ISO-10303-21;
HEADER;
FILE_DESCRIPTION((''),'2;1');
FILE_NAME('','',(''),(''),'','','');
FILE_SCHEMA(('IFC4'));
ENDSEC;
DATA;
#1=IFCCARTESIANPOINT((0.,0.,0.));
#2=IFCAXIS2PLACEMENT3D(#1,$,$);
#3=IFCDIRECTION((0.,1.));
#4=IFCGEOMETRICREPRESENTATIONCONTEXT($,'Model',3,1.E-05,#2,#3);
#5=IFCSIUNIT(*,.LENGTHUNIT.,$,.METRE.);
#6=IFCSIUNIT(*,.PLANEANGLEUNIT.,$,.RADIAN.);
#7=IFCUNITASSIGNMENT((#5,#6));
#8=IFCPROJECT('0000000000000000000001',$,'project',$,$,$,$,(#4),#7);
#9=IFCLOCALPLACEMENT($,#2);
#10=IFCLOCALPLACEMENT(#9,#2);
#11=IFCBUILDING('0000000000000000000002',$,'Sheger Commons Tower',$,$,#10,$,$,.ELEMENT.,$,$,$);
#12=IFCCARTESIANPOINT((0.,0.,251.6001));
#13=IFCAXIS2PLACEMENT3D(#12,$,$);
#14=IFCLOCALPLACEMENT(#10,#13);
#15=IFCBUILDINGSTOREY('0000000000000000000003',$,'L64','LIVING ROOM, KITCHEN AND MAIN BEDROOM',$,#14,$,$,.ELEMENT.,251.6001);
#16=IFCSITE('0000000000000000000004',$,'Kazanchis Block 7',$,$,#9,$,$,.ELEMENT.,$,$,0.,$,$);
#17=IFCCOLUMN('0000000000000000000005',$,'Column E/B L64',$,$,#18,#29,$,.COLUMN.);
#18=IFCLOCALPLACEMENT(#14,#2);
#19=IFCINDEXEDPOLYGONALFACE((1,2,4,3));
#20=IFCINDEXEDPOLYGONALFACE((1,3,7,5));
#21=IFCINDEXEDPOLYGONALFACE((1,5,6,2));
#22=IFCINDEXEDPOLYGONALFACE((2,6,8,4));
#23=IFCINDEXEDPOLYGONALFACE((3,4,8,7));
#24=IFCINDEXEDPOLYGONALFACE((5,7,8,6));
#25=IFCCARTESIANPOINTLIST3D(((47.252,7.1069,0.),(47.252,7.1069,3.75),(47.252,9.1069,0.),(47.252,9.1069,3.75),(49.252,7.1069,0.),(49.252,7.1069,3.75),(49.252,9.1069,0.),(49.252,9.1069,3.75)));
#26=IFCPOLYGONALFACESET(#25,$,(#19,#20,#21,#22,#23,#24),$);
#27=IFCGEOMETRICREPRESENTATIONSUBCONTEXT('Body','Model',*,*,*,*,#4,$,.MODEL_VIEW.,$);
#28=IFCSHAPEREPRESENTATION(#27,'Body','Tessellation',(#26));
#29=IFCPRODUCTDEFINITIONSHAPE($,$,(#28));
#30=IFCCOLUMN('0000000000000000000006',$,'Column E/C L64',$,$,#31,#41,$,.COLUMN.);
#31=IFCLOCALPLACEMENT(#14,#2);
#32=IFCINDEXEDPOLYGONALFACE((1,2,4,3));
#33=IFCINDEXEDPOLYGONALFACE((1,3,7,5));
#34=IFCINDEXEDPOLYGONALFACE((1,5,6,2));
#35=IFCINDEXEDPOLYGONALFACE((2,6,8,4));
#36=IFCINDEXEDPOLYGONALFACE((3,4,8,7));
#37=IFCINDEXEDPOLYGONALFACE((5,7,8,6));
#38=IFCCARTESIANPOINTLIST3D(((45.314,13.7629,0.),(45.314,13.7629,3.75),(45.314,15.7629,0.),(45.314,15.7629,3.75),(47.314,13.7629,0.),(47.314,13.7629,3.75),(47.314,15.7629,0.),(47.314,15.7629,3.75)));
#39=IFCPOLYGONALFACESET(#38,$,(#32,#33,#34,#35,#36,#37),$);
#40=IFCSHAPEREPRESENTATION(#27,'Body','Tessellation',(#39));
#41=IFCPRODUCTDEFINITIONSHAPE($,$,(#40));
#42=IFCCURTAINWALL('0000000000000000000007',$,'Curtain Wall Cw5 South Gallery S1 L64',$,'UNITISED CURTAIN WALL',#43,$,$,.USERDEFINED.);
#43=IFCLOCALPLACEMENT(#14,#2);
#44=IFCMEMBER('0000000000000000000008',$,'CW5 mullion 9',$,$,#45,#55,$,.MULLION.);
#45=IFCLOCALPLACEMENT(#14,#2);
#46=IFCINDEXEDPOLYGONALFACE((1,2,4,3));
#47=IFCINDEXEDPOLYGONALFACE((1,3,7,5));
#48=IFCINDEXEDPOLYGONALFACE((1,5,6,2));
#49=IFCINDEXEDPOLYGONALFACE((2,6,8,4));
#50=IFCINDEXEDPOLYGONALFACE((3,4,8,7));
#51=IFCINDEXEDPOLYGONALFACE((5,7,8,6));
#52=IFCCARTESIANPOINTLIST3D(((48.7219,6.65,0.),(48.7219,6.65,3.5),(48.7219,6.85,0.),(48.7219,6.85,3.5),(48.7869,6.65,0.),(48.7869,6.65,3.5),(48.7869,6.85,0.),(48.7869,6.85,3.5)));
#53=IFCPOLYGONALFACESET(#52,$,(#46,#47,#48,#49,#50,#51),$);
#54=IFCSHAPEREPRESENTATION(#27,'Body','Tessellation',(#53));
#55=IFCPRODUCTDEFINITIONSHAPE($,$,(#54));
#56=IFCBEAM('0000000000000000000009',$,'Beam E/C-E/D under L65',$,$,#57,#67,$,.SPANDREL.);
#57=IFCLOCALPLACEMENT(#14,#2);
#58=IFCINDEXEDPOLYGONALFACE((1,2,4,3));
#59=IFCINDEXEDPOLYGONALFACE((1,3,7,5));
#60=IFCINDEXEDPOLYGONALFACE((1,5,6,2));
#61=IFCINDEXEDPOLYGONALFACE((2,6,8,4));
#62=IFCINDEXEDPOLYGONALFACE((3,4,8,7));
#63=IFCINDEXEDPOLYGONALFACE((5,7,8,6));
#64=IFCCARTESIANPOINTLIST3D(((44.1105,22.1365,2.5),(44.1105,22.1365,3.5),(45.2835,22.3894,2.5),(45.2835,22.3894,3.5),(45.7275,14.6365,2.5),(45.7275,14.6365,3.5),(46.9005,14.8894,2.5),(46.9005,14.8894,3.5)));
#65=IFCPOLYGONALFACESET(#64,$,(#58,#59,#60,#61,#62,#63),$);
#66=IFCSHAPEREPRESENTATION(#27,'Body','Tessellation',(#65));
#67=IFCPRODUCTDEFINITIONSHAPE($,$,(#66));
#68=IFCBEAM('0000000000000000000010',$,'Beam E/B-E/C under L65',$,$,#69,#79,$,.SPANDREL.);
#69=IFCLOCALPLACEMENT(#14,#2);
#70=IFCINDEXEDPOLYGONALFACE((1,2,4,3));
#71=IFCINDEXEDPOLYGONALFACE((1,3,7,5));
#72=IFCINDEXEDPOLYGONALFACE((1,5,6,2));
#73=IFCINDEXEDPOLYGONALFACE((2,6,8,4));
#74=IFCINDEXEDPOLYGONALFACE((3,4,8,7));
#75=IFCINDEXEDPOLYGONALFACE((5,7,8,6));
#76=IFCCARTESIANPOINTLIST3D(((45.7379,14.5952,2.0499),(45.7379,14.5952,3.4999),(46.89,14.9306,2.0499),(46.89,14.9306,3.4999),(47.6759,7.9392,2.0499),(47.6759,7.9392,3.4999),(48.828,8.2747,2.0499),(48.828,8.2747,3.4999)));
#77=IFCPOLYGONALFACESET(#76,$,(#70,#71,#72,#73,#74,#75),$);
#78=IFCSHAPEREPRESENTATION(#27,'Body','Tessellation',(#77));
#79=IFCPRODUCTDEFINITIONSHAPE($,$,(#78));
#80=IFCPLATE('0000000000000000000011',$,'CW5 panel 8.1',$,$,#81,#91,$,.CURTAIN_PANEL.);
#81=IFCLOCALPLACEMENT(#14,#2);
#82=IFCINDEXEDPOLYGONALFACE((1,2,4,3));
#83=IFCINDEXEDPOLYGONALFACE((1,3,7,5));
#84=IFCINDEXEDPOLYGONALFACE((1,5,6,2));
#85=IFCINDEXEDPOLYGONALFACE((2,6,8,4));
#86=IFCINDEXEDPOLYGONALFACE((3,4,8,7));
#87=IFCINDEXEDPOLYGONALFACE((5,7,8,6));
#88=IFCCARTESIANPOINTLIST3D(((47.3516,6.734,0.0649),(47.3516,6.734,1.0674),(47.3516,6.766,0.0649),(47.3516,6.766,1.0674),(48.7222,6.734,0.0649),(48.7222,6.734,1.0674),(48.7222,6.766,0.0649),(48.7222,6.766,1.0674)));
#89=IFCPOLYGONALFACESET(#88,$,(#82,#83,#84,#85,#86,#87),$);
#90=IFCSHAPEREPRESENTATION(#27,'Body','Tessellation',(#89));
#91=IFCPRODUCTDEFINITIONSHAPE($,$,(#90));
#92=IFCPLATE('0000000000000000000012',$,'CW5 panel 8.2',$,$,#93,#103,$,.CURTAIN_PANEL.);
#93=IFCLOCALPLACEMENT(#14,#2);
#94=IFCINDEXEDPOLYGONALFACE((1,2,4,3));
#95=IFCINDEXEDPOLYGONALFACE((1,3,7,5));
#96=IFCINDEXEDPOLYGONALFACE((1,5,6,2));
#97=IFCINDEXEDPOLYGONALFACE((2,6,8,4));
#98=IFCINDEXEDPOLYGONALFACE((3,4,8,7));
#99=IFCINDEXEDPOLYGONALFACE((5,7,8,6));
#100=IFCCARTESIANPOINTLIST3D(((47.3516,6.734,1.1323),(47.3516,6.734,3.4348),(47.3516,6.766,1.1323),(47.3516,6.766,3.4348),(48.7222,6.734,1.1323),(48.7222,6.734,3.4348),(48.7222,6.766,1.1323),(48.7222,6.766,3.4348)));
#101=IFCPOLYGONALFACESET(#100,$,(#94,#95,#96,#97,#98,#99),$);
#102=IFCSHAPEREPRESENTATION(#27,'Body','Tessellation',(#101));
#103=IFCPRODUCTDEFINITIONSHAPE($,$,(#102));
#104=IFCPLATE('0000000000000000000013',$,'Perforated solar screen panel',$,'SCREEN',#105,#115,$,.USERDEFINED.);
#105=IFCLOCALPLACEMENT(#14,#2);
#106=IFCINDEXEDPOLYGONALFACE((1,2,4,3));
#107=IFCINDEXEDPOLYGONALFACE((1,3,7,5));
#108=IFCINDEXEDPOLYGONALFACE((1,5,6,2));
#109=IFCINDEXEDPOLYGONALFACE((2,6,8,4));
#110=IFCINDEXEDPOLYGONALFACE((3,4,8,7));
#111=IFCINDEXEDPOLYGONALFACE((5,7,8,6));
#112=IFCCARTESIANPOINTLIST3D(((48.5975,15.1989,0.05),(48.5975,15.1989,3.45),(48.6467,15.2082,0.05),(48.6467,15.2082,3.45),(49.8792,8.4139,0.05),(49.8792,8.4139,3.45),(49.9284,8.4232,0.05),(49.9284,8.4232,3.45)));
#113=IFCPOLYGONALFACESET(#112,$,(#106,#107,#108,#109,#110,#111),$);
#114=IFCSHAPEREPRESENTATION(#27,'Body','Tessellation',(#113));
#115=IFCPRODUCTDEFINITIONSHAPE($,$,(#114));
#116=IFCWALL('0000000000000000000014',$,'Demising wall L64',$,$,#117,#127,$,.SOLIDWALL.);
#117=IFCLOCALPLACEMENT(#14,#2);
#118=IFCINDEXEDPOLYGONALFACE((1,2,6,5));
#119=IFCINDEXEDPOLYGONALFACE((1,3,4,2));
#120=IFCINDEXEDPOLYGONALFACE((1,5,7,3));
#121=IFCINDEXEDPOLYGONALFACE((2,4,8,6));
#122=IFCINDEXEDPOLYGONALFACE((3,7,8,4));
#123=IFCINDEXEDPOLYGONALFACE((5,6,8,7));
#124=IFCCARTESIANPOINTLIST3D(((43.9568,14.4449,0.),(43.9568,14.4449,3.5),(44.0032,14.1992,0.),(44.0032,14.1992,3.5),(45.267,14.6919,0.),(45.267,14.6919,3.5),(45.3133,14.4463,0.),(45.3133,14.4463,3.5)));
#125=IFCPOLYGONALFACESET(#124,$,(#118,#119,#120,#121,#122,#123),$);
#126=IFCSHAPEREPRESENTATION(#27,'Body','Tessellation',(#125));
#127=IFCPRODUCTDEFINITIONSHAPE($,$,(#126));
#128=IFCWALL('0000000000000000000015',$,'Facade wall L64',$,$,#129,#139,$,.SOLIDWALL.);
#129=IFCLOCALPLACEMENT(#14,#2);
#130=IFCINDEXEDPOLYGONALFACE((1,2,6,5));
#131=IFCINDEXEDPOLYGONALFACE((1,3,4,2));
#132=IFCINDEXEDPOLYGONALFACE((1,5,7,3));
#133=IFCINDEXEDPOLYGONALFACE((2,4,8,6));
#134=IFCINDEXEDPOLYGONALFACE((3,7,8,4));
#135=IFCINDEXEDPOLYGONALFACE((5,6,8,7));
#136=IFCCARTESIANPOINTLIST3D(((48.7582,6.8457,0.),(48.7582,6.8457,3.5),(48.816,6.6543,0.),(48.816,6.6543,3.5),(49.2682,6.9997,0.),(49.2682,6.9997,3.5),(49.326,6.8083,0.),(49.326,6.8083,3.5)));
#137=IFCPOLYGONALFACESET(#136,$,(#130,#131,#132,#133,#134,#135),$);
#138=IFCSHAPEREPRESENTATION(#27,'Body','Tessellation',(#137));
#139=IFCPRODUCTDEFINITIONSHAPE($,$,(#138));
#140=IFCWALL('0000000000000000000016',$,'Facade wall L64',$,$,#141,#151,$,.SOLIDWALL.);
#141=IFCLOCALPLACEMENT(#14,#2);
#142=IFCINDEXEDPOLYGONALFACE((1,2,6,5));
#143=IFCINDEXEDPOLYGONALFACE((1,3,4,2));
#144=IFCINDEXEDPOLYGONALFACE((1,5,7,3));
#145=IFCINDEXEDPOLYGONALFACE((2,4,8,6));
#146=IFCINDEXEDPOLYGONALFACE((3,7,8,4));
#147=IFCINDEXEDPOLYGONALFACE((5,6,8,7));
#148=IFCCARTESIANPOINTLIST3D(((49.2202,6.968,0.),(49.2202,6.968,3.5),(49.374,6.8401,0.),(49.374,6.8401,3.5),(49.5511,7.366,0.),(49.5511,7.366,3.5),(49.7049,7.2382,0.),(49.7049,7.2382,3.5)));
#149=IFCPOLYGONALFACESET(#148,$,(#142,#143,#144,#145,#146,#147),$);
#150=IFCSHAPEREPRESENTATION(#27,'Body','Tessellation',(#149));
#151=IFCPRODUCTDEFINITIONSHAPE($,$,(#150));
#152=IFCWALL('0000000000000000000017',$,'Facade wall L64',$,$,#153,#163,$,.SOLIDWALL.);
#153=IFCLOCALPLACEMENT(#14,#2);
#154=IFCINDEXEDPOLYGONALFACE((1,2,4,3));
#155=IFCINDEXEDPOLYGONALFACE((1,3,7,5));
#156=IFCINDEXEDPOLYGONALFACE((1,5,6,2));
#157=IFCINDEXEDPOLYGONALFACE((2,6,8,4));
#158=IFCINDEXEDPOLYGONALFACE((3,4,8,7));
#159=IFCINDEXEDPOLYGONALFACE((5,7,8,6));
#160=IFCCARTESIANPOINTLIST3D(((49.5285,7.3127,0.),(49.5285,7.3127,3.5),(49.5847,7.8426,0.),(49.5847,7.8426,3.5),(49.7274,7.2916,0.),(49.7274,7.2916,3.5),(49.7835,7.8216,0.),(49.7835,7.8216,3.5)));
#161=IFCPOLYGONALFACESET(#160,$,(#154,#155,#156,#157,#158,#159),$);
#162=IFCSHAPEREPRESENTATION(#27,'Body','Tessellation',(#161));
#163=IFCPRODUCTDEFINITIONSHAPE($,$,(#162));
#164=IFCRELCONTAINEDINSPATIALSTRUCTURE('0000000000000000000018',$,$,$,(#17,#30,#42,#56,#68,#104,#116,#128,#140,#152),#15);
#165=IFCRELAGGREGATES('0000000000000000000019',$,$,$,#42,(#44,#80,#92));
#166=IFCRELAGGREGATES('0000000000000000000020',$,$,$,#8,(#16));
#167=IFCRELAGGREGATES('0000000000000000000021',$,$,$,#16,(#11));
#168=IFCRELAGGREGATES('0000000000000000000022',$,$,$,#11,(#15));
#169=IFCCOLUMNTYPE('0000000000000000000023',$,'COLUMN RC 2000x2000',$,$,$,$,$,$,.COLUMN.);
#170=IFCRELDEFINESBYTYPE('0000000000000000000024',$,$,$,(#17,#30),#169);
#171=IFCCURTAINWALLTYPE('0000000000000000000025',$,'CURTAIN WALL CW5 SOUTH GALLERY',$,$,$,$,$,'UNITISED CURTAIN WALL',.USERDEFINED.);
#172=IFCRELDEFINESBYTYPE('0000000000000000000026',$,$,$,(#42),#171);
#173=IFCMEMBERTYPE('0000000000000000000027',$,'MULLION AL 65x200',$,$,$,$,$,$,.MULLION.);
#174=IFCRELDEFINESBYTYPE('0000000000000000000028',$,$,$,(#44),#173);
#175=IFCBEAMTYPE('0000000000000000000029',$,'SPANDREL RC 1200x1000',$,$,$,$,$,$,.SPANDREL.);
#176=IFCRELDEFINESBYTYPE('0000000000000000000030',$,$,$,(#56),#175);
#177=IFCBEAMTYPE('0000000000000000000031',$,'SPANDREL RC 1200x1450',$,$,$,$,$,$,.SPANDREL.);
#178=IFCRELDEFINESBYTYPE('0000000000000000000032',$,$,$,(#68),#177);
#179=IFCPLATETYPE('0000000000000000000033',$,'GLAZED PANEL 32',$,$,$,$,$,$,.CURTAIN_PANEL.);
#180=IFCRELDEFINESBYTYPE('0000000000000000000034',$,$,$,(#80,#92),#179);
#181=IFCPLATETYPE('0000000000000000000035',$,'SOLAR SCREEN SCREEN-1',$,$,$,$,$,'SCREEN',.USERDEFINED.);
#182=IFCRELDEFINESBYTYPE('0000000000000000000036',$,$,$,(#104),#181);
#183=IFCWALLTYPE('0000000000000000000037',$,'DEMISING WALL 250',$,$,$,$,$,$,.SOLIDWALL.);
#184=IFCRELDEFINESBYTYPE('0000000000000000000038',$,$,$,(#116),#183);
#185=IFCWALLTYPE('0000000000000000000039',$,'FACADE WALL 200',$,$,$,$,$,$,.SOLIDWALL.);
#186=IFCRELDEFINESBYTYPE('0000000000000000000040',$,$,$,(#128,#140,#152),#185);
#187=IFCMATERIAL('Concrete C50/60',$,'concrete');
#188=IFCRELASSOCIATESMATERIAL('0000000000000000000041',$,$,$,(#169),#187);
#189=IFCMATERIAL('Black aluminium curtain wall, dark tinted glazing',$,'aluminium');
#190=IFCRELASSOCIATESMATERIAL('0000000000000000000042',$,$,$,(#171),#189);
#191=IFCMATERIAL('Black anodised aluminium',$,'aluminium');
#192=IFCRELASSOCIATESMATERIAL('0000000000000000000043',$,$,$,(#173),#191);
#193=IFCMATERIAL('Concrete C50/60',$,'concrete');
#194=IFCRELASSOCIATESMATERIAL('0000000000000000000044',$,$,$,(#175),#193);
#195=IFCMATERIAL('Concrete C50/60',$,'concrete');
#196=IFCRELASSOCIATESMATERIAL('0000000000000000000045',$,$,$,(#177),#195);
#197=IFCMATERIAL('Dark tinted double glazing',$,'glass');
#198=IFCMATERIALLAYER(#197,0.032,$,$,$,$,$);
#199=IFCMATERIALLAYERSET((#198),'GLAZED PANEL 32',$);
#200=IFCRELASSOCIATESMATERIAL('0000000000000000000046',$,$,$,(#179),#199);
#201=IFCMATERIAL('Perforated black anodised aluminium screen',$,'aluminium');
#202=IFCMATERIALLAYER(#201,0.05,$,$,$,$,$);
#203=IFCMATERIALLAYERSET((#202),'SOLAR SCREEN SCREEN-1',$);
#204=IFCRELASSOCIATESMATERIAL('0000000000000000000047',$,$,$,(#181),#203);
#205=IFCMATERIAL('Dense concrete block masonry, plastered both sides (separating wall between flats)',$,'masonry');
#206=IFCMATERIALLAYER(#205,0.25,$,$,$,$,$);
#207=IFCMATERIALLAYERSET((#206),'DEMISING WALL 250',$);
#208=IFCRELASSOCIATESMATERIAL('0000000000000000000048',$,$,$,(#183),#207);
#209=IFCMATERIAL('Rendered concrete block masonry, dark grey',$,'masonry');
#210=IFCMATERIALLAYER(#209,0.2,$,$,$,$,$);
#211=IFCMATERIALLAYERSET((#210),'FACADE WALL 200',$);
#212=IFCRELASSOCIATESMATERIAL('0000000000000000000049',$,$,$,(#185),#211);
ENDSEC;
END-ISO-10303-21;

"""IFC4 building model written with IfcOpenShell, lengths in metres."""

from ifc_helpers import new_model, si_unit, direction, frame, frame_2d, origin, origin_2d, place, context, subcontext, project, spatial, rectangle, extrude, material, layer, layer_set, material_profile, profile_set, type_object, element, aggregate, save


model = new_model("IFC4")

# Units and contexts
model_context = context("Model", 3, precision=1e-05, world=origin(), true_north=direction((0.0, 1.0)))
body_context = subcontext(model_context, "Body", "Model", "MODEL_VIEW")
ifc_project = project(units=[si_unit("LENGTHUNIT", "METRE"), si_unit("PLANEANGLEUNIT", "RADIAN")], contexts=[model_context])

# Site, building, storey
site_placement = place(None, origin())
site = spatial("IfcSite", under=ifc_project, at=site_placement, Name="Kazanchis Block 7", CompositionType="ELEMENT", RefElevation=0.0)
building_placement = place(site_placement, origin())
building = spatial("IfcBuilding", under=site, at=building_placement, Name="Sheger Commons Tower", CompositionType="ELEMENT")
storey_placement = place(building_placement, frame((0.0, 0.0, 251.6001)))
storey = spatial("IfcBuildingStorey", under=building, at=storey_placement, Name="L64", Description="LIVING ROOM, KITCHEN AND MAIN BEDROOM", CompositionType="ELEMENT", Elevation=251.6001)

# Columns
ifc_material_1 = material(Name="Concrete C50/60", Category="concrete")
ifc_material_profile_1 = material_profile(ifc_material_1, rectangle(XDim=2.0, YDim=2.0, at=origin_2d()), Name="RC 2000x2000")
ifc_profile_set_1 = profile_set([ifc_material_profile_1], Name="Concrete C50/60")
column_type = type_object("IfcColumnType", Name="COLUMN RC 2000x2000", PredefinedType="COLUMN", material=ifc_profile_set_1)
for number, where, z_axis, x_axis, name in (
    (1, (48.252, 8.1069, 0.0), (0.0, 0.0, 1.0), (1.0, 0.0, 0.0), "Column E/B L64"),
    (2, (46.314, 14.7629, 0.0), (0.0, 0.0, 1.0), (1.0, 0.0, 0.0), "Column E/C L64"),
):
    element("IfcColumn", number, at=place(storey_placement, frame(where, z_axis=z_axis, x_axis=x_axis)), inside=storey, type_object=column_type, Name=name, PredefinedType="COLUMN", context=body_context, shape_type="SweptSolid", body=[
        extrude(rectangle(XDim=2.0, YDim=2.0, at=origin_2d()), origin(), (0.0, 0.0, 1.0), 3.75),
    ])

# Curtain wall, member
ifc_material_2 = material(Name="Black aluminium curtain wall, dark tinted glazing", Category="aluminium")
curtain_wall_type = type_object("IfcCurtainWallType", Name="CURTAIN WALL CW5 SOUTH GALLERY", ElementType="UNITISED CURTAIN WALL", PredefinedType="USERDEFINED", material=ifc_material_2)
curtain_wall_placement = place(storey_placement, origin())
curtain_wall = element("IfcCurtainWall", 3, at=curtain_wall_placement, inside=storey, type_object=curtain_wall_type, Name="Curtain Wall Cw5 South Gallery S1 L64", ObjectType="UNITISED CURTAIN WALL", PredefinedType="USERDEFINED")
ifc_material_3 = material(Name="Black anodised aluminium", Category="aluminium")
ifc_material_profile_2 = material_profile(ifc_material_3, rectangle(XDim=0.2, YDim=0.0649, at=origin_2d()), Name="AL 65x200")
ifc_profile_set_2 = profile_set([ifc_material_profile_2], Name="Black anodised aluminium")
member_type = type_object("IfcMemberType", Name="MULLION AL 65x200", PredefinedType="MULLION", material=ifc_profile_set_2)
member_placement = place(storey_placement, frame((48.7544, 6.75, 0.0), z_axis=(0.0, 0.0, 1.0), x_axis=(0.0, 1.0, 0.0)))
member = element("IfcMember", 4, at=member_placement, type_object=member_type, Name="CW5 mullion 9", PredefinedType="MULLION", context=body_context, shape_type="SweptSolid", body=[
    extrude(rectangle(XDim=0.2, YDim=0.0649, at=origin_2d()), origin(), (0.0, 0.0, 1.0), 3.5),
])

# Beams
ifc_material_4 = material(Name="Concrete C50/60", Category="concrete")
ifc_material_profile_3 = material_profile(ifc_material_4, rectangle(XDim=1.2, YDim=1.0, at=origin_2d()), Name="RC 1200x1000")
ifc_profile_set_3 = profile_set([ifc_material_profile_3], Name="Concrete C50/60")
beam_type_1 = type_object("IfcBeamType", Name="SPANDREL RC 1200x1000", PredefinedType="SPANDREL", material=ifc_profile_set_3)
beam_1_placement = place(storey_placement, frame((46.314, 14.7629, 3.0), z_axis=(-0.21075, 0.97754, 0.0), x_axis=(-0.97754, -0.21075, 0.0)))
element("IfcBeam", 5, at=beam_1_placement, inside=storey, type_object=beam_type_1, Name="Beam E/C-E/D under L65", PredefinedType="SPANDREL", context=body_context, shape_type="SweptSolid", body=[
    extrude(rectangle(XDim=1.2, YDim=1.0, at=origin_2d()), origin(), (0.0, 0.0, 1.0), 7.6724),
])
ifc_material_5 = material(Name="Concrete C50/60", Category="concrete")
ifc_material_profile_4 = material_profile(ifc_material_5, rectangle(XDim=1.2, YDim=1.45, at=origin_2d()), Name="RC 1200x1450")
ifc_profile_set_4 = profile_set([ifc_material_profile_4], Name="Concrete C50/60")
beam_type_2 = type_object("IfcBeamType", Name="SPANDREL RC 1200x1450", PredefinedType="SPANDREL", material=ifc_profile_set_4)
beam_2_placement = place(storey_placement, frame((48.252, 8.1069, 2.7749), z_axis=(-0.279555, 0.96013, 0.0), x_axis=(-0.96013, -0.279555, 0.0)))
element("IfcBeam", 6, at=beam_2_placement, inside=storey, type_object=beam_type_2, Name="Beam E/B-E/C under L65", PredefinedType="SPANDREL", context=body_context, shape_type="SweptSolid", body=[
    extrude(rectangle(XDim=1.2, YDim=1.45, at=origin_2d()), origin(), (0.0, 0.0, 1.0), 6.9324),
])

# Plates
ifc_material_6 = material(Name="Dark tinted double glazing", Category="glass")
ifc_layer_1 = layer(ifc_material_6, 0.032)
ifc_layer_set_1 = layer_set([ifc_layer_1], Name="GLAZED PANEL 32")
plate_type_1 = type_object("IfcPlateType", Name="GLAZED PANEL 32", PredefinedType="CURTAIN_PANEL", material=ifc_layer_set_1)
plate_1_placement = place(storey_placement, frame((48.0369, 6.75, 0.0649), z_axis=(0.0, 0.0, 1.0), x_axis=(1.0, 0.0, 0.0)))
plate_1 = element("IfcPlate", 7, at=plate_1_placement, type_object=plate_type_1, Name="CW5 panel 8.1", PredefinedType="CURTAIN_PANEL", context=body_context, shape_type="SweptSolid", body=[
    extrude(rectangle(XDim=1.3706, YDim=0.032, at=origin_2d()), origin(), (0.0, 0.0, 1.0), 1.0024),
])
plate_2_placement = place(storey_placement, frame((48.0369, 6.75, 1.1323), z_axis=(0.0, 0.0, 1.0), x_axis=(1.0, 0.0, 0.0)))
plate_2 = element("IfcPlate", 8, at=plate_2_placement, type_object=plate_type_1, Name="CW5 panel 8.2", PredefinedType="CURTAIN_PANEL", context=body_context, shape_type="SweptSolid", body=[
    extrude(rectangle(XDim=1.3706, YDim=0.032, at=origin_2d()), origin(), (0.0, 0.0, 1.0), 2.3025),
])
aggregate(curtain_wall, [member, plate_1, plate_2])
ifc_material_7 = material(Name="Perforated black anodised aluminium screen", Category="aluminium")
ifc_layer_2 = layer(ifc_material_7, 0.05)
ifc_layer_set_2 = layer_set([ifc_layer_2], Name="SOLAR SCREEN SCREEN-1")
plate_type_2 = type_object("IfcPlateType", Name="SOLAR SCREEN SCREEN-1", ElementType="SCREEN", PredefinedType="USERDEFINED", material=ifc_layer_set_2)
plate_3_placement = place(storey_placement, frame((49.2629, 11.811, 0.05), z_axis=(0.0, 0.0, 1.0), x_axis=(-0.185615, 0.982623, 0.0)))
element("IfcPlate", 9, at=plate_3_placement, inside=storey, type_object=plate_type_2, Name="Perforated solar screen panel", ObjectType="SCREEN", PredefinedType="USERDEFINED", context=body_context, shape_type="SweptSolid", body=[
    extrude(rectangle(XDim=6.905, YDim=0.05, at=origin_2d()), origin(), (0.0, 0.0, 1.0), 3.3999),
])

# Walls
ifc_material_8 = material(Name="Dense concrete block masonry, plastered both sides (separating wall between flats)", Category="masonry")
ifc_layer_3 = layer(ifc_material_8, 0.25)
ifc_layer_set_3 = layer_set([ifc_layer_3], Name="DEMISING WALL 250")
wall_type_1 = type_object("IfcWallType", Name="DEMISING WALL 250", PredefinedType="SOLIDWALL", material=ifc_layer_set_3)
wall_1_placement = place(storey_placement, frame((45.29, 14.5691, 0.0), z_axis=(0.0, 0.0, 1.0), x_axis=(-0.982677, -0.185328, 0.0)))
element("IfcWall", 10, at=wall_1_placement, inside=storey, type_object=wall_type_1, Name="Demising wall L64", PredefinedType="SOLIDWALL", context=body_context, shape_type="SweptSolid", body=[
    extrude(rectangle(XDim=1.3333, YDim=0.25, at=frame_2d((0.6665, 0.0))), origin(), (0.0, 0.0, 1.0), 3.5),
])
ifc_material_9 = material(Name="Rendered concrete block masonry, dark grey", Category="masonry")
ifc_layer_4 = layer(ifc_material_9, 0.2)
ifc_layer_set_4 = layer_set([ifc_layer_4], Name="FACADE WALL 200")
wall_type_2 = type_object("IfcWallType", Name="FACADE WALL 200", PredefinedType="SOLIDWALL", material=ifc_layer_set_4)
wall_2_placement = place(storey_placement, frame((48.7871, 6.75, 0.0), z_axis=(0.0, 0.0, 1.0), x_axis=(0.957282, 0.289155, 0.0)))
element("IfcWall", 11, at=wall_2_placement, inside=storey, type_object=wall_type_2, Name="Facade wall L64", PredefinedType="SOLIDWALL", context=body_context, shape_type="SweptSolid", body=[
    extrude(rectangle(XDim=0.5327, YDim=0.2, at=frame_2d((0.2664, 0.0))), origin(), (0.0, 0.0, 1.0), 3.5),
])
wall_3_placement = place(storey_placement, frame((49.2971, 6.9041, 0.0), z_axis=(0.0, 0.0, 1.0), x_axis=(0.639256, 0.768994, 0.0)))
element("IfcWall", 12, at=wall_3_placement, inside=storey, type_object=wall_type_2, Name="Facade wall L64", PredefinedType="SOLIDWALL", context=body_context, shape_type="SweptSolid", body=[
    extrude(rectangle(XDim=0.5176, YDim=0.2, at=frame_2d((0.2588, 0.0))), origin(), (0.0, 0.0, 1.0), 3.5),
])
wall_4_placement = place(storey_placement, frame((49.6279, 7.302, 0.0), z_axis=(0.0, 0.0, 1.0), x_axis=(0.105352, 0.994435, 0.0)))
element("IfcWall", 13, at=wall_4_placement, inside=storey, type_object=wall_type_2, Name="Facade wall L64", PredefinedType="SOLIDWALL", context=body_context, shape_type="SweptSolid", body=[
    extrude(rectangle(XDim=0.533, YDim=0.2, at=frame_2d((0.2666, 0.0))), origin(), (0.0, 0.0, 1.0), 3.5),
])

save(model, "model.ifc")
